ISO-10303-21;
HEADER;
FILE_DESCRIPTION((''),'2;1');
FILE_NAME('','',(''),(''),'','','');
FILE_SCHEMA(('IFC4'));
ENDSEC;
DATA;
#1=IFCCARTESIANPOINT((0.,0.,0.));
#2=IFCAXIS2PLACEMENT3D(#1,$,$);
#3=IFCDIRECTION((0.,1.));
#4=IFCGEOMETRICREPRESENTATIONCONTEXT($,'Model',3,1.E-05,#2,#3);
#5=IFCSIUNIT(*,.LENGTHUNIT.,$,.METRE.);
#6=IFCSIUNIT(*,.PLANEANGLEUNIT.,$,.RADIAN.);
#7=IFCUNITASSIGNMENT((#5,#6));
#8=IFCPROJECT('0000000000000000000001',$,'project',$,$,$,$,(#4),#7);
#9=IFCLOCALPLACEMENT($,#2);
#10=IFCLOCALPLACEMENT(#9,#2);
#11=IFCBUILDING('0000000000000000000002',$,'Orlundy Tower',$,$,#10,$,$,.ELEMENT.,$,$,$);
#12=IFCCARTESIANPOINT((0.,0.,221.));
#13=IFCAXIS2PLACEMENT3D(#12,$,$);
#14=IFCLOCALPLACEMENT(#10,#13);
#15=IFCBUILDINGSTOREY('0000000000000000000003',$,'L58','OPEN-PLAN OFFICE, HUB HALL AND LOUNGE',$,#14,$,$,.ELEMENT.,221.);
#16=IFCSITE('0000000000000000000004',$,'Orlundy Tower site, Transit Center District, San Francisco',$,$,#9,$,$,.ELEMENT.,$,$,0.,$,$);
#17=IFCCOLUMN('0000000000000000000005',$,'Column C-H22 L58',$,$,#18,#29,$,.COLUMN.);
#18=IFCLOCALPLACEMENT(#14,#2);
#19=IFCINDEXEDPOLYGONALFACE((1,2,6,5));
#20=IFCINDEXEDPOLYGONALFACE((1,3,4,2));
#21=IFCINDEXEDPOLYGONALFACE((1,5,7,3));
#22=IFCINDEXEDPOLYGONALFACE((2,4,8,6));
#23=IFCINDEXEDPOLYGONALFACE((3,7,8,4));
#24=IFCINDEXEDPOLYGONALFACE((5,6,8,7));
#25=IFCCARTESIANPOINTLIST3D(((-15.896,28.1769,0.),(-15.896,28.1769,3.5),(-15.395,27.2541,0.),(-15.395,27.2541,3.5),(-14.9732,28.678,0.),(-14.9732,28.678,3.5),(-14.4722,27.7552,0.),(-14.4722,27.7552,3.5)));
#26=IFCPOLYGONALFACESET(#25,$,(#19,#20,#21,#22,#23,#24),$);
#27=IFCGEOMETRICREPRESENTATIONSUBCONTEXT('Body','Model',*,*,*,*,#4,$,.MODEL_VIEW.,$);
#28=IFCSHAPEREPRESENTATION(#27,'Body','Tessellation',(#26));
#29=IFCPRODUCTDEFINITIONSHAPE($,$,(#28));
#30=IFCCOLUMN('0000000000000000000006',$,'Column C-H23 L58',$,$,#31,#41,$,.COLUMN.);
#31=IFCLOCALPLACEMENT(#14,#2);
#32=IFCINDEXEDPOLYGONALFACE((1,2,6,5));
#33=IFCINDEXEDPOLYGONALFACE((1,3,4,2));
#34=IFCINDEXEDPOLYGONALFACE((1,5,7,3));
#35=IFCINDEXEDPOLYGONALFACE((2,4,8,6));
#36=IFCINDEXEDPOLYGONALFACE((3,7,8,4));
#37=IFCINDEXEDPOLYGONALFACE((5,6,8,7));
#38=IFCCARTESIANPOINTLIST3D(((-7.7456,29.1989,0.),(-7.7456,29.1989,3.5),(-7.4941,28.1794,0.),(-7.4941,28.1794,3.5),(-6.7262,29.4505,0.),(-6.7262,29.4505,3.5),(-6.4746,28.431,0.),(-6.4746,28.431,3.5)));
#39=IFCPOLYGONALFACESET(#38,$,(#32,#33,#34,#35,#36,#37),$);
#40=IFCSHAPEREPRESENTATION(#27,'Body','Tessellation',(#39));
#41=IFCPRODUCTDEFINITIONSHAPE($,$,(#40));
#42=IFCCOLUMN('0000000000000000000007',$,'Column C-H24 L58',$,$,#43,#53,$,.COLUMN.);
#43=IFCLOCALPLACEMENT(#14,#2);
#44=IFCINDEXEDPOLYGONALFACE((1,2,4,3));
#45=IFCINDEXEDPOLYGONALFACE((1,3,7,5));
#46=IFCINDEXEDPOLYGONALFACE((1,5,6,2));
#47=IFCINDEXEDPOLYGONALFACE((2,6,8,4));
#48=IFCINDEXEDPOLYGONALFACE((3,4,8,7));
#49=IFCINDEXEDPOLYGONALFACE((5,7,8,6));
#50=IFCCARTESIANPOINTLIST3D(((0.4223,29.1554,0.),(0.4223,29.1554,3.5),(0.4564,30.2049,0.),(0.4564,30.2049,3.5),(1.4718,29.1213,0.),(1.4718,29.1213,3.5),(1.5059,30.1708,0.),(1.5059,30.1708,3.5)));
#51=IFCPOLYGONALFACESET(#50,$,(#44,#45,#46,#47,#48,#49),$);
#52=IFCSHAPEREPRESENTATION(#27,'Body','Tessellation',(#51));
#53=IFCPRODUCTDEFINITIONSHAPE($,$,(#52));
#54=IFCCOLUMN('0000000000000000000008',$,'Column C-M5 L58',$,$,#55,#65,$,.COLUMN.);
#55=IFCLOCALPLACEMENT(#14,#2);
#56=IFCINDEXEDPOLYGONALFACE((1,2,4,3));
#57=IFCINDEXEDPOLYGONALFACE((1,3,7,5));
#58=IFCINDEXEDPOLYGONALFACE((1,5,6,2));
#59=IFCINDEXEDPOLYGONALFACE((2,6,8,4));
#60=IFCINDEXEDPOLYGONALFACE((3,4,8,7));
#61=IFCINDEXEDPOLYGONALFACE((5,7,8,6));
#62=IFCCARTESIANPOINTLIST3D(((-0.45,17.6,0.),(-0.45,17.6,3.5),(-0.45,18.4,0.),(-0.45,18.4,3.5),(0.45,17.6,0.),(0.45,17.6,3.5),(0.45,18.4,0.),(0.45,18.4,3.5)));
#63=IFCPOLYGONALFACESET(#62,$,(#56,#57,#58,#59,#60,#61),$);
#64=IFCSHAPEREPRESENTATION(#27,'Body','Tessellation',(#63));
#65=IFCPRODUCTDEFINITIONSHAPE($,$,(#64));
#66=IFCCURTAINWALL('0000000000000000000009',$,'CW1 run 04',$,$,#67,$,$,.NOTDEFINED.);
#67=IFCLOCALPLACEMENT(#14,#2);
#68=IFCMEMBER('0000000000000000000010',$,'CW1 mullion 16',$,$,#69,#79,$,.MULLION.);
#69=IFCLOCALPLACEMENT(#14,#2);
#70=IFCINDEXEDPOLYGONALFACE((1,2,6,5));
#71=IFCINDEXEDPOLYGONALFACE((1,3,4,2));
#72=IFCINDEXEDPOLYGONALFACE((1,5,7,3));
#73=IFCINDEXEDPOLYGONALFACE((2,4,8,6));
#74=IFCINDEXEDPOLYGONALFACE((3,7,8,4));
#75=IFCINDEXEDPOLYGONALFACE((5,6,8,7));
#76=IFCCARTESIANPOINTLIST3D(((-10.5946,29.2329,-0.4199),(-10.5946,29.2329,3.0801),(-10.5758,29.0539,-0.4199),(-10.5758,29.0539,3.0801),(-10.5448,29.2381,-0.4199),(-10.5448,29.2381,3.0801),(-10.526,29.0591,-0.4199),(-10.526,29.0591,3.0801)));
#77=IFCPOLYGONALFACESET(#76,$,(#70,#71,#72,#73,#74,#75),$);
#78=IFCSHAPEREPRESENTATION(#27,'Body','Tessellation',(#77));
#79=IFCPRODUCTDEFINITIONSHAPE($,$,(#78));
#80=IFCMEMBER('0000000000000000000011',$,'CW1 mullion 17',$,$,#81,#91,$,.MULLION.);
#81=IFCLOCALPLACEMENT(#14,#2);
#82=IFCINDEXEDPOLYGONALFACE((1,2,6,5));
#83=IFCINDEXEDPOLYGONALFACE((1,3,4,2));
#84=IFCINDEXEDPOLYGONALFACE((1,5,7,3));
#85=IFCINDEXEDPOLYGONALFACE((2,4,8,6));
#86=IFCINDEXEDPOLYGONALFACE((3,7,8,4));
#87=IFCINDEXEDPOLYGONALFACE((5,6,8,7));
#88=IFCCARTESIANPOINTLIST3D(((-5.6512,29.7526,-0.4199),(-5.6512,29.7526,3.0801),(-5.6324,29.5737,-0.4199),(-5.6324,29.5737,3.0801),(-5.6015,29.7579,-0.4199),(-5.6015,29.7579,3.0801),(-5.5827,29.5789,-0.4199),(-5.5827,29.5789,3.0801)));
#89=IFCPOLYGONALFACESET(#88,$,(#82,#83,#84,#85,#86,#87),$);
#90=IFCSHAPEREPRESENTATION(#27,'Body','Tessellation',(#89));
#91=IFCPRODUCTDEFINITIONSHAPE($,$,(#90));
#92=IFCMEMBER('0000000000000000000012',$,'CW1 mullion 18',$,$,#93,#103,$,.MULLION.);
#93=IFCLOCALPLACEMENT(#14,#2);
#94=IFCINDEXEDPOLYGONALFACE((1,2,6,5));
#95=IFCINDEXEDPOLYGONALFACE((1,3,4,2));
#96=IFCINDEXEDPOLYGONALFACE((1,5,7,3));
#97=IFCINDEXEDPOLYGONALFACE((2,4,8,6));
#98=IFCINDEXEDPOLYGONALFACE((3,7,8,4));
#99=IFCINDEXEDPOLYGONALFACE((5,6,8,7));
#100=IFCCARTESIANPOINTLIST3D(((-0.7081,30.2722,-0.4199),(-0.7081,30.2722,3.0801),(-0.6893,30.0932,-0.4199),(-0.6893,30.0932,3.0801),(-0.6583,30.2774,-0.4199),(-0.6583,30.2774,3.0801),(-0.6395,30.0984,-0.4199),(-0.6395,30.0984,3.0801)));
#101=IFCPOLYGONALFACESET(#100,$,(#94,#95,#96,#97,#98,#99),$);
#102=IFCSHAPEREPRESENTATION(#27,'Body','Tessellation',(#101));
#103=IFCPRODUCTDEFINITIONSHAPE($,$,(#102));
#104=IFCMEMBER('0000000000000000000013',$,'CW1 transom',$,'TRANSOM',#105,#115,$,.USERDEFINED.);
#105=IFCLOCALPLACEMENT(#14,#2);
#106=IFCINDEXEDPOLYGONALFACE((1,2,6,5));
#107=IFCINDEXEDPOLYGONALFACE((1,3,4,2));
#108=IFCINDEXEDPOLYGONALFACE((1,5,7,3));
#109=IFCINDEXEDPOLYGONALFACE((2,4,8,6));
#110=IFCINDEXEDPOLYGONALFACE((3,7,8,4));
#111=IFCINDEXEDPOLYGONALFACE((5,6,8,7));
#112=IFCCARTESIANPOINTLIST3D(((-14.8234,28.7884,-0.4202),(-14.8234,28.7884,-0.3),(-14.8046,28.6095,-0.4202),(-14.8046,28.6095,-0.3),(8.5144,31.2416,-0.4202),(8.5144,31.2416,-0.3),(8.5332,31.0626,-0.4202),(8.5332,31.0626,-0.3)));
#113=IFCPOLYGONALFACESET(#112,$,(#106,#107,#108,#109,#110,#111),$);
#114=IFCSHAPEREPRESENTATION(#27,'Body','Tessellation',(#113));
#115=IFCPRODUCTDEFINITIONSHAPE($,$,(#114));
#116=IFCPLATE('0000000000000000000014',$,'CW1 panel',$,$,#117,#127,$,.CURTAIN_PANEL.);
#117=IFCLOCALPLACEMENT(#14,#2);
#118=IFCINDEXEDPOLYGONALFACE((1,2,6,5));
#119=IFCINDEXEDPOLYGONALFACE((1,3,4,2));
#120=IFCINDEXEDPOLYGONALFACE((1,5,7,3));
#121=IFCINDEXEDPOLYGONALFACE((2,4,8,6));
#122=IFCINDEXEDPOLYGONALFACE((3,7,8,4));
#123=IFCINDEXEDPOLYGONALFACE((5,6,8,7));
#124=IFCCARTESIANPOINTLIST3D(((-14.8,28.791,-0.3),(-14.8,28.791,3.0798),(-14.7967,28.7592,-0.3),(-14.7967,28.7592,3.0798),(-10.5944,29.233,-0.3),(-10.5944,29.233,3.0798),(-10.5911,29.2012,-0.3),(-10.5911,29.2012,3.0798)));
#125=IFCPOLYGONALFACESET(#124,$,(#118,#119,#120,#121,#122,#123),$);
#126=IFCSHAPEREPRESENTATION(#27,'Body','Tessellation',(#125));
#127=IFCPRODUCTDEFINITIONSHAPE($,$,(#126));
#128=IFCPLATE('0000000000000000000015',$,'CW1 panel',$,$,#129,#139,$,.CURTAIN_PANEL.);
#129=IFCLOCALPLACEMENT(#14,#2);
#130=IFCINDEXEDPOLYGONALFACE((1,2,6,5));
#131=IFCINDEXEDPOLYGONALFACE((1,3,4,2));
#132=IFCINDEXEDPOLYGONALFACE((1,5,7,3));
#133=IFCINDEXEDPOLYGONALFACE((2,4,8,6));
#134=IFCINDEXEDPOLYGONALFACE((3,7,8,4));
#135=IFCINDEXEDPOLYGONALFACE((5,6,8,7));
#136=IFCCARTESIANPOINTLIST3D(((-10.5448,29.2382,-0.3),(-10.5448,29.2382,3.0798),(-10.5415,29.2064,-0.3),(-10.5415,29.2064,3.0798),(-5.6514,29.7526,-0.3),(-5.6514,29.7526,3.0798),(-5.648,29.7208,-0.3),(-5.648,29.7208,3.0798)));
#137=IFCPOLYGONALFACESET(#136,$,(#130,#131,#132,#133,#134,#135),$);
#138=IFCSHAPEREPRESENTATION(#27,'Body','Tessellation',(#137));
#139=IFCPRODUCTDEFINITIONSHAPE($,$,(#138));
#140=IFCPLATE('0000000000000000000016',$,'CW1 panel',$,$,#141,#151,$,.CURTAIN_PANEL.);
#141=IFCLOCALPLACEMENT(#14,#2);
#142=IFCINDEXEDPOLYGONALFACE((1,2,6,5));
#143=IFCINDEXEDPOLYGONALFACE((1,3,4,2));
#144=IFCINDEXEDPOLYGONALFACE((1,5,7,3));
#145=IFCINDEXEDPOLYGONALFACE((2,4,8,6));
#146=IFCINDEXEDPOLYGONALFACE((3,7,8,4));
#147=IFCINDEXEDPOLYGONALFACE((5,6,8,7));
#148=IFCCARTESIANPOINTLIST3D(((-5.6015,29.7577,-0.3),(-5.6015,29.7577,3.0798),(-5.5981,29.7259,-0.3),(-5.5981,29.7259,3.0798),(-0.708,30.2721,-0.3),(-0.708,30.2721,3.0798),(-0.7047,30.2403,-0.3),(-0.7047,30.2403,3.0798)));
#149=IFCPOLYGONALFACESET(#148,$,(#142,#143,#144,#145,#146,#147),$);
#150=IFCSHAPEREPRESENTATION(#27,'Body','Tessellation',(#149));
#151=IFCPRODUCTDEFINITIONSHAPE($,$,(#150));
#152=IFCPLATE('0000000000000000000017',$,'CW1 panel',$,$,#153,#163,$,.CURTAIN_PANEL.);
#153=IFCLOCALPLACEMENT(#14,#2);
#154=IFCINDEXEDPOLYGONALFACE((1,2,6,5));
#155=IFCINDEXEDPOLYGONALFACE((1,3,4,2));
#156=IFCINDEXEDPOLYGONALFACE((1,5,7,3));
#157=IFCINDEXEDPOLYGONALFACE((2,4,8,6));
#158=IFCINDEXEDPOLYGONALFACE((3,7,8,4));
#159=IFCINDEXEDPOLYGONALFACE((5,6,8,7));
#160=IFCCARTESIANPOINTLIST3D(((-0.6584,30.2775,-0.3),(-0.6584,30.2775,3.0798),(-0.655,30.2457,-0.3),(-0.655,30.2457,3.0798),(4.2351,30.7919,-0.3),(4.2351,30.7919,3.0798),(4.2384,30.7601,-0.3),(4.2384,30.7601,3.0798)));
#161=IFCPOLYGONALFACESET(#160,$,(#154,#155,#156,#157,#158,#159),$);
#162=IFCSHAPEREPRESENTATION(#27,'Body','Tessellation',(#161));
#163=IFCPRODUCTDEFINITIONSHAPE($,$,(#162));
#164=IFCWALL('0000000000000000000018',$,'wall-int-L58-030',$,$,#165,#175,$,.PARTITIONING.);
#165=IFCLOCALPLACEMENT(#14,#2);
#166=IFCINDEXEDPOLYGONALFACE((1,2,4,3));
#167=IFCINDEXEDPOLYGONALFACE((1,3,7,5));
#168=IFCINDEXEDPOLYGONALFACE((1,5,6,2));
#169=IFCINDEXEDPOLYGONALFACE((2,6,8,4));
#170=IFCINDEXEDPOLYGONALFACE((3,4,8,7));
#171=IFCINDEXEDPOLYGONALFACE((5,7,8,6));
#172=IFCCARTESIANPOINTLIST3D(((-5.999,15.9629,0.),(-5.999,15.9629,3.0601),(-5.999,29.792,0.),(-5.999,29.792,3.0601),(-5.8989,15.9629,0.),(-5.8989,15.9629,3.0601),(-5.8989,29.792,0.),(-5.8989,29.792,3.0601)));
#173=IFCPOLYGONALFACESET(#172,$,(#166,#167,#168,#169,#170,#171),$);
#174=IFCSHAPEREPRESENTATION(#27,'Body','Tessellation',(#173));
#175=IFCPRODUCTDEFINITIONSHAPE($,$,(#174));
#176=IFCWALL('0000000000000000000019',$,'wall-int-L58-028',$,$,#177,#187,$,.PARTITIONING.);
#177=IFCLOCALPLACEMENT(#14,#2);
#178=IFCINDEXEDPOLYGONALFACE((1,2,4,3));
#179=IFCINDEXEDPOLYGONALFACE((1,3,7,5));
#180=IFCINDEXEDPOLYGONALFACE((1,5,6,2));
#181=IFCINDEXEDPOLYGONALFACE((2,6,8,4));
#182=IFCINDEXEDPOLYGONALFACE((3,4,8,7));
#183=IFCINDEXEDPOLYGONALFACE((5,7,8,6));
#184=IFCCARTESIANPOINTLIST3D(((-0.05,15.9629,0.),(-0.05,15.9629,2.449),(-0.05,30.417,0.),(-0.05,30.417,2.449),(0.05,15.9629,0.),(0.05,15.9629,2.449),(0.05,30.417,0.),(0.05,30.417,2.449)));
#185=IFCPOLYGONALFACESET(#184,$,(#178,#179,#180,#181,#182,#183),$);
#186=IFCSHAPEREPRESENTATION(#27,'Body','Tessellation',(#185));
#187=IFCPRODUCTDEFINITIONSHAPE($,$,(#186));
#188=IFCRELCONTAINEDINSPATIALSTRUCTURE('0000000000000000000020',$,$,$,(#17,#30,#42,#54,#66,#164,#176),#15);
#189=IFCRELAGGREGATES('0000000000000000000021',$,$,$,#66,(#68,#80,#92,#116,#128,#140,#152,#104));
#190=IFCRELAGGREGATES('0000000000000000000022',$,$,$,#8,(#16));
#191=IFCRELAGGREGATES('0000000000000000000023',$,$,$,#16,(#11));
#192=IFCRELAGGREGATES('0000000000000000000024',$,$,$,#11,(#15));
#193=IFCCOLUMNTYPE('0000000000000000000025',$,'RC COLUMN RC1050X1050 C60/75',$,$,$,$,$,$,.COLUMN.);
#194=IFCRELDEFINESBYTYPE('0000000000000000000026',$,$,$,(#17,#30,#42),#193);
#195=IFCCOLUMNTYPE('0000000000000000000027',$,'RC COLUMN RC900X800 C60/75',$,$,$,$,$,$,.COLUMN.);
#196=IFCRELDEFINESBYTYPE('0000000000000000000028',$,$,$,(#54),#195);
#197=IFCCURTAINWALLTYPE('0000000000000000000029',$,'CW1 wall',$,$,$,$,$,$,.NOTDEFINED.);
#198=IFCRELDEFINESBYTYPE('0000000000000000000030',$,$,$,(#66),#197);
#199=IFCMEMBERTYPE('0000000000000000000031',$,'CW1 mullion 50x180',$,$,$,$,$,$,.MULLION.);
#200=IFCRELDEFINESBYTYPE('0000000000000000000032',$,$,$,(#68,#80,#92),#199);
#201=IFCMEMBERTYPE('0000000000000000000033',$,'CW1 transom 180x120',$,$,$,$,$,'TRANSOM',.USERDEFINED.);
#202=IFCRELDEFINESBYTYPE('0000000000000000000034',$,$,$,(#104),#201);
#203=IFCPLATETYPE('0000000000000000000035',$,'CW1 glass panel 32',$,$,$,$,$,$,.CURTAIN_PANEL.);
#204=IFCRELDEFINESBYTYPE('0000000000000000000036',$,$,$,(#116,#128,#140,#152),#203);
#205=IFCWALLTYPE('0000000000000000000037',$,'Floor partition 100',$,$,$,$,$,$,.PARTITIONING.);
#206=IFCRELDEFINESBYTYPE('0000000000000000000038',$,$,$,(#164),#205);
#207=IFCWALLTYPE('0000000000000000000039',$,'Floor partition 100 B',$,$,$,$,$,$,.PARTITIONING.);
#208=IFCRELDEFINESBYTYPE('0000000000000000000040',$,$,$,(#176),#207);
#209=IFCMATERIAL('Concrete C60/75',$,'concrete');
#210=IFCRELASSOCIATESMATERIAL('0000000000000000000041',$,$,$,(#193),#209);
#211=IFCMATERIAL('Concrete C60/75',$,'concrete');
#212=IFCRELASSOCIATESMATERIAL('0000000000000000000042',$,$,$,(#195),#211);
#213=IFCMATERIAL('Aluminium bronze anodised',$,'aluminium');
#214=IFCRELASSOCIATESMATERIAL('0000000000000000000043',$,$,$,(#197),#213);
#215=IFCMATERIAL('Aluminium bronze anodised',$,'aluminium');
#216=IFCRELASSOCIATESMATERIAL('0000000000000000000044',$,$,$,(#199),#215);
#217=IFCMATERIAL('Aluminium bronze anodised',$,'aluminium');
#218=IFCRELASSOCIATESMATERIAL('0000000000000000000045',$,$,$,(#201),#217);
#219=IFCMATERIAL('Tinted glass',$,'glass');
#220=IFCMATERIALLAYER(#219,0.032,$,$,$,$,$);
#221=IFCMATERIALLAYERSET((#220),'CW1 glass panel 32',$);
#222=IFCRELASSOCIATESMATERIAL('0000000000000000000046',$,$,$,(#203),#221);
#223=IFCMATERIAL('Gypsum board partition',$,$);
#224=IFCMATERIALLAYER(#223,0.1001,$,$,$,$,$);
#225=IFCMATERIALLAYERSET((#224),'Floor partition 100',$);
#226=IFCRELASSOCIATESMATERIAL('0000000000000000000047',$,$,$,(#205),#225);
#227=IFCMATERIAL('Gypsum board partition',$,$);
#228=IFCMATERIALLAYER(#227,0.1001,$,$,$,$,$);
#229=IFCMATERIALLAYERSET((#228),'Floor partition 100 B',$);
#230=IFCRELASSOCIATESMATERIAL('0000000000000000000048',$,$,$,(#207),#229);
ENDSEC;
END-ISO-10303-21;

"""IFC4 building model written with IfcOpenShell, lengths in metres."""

from ifc_helpers import new_model, si_unit, direction, frame, frame_2d, origin, origin_2d, place, context, subcontext, project, spatial, rectangle, extrude, material, layer, layer_set, material_profile, profile_set, type_object, element, aggregate, save


model = new_model("IFC4")

# Units and contexts
model_context = context("Model", 3, precision=1e-05, world=origin(), true_north=direction((0.0, 1.0)))
body_context = subcontext(model_context, "Body", "Model", "MODEL_VIEW")
ifc_project = project(units=[si_unit("LENGTHUNIT", "METRE"), si_unit("PLANEANGLEUNIT", "RADIAN")], contexts=[model_context])

# Site, building, storey
site_placement = place(None, origin())
site = spatial("IfcSite", under=ifc_project, at=site_placement, Name="Orlundy Tower site, Transit Center District, San Francisco", CompositionType="ELEMENT", RefElevation=0.0)
building_placement = place(site_placement, origin())
building = spatial("IfcBuilding", under=site, at=building_placement, Name="Orlundy Tower", CompositionType="ELEMENT")
storey_placement = place(building_placement, frame((0.0, 0.0, 221.0)))
storey = spatial("IfcBuildingStorey", under=building, at=storey_placement, Name="L58", Description="OPEN-PLAN OFFICE, HUB HALL AND LOUNGE", CompositionType="ELEMENT", Elevation=221.0)

# Columns
ifc_material_1 = material(Name="Concrete C60/75", Category="concrete")
ifc_material_profile_1 = material_profile(ifc_material_1, rectangle(XDim=1.05, YDim=1.05, at=origin_2d()), Name="RC1050X1050")
ifc_profile_set_1 = profile_set([ifc_material_profile_1], Name="Concrete C60/75")
column_type_1 = type_object("IfcColumnType", Name="RC COLUMN RC1050X1050 C60/75", PredefinedType="COLUMN", material=ifc_profile_set_1)
for number, where, z_axis, x_axis, name in (
    (1, (-15.1841, 27.9661, 0.0), (0.0, 0.0, 1.0), (-0.477159, 0.878817, 0.0), "Column C-H22 L58"),
    (2, (-7.1101, 28.8149, 0.0), (0.0, 0.0, 1.0), (-0.239567, 0.97088, 0.0), "Column C-H23 L58"),
    (3, (0.9641, 29.6631, 0.0), (0.0, 0.0, 1.0), (0.032475, 0.999473, 0.0), "Column C-H24 L58"),
):
    element("IfcColumn", number, at=place(storey_placement, frame(where, z_axis=z_axis, x_axis=x_axis)), inside=storey, type_object=column_type_1, Name=name, PredefinedType="COLUMN", context=body_context, shape_type="SweptSolid", body=[
        extrude(rectangle(XDim=1.05, YDim=1.05, at=origin_2d()), origin(), (0.0, 0.0, 1.0), 3.5),
    ])
ifc_material_2 = material(Name="Concrete C60/75", Category="concrete")
ifc_material_profile_2 = material_profile(ifc_material_2, rectangle(XDim=0.8999, YDim=0.8, at=origin_2d()), Name="RC900X800")
ifc_profile_set_2 = profile_set([ifc_material_profile_2], Name="Concrete C60/75")
column_type_2 = type_object("IfcColumnType", Name="RC COLUMN RC900X800 C60/75", PredefinedType="COLUMN", material=ifc_profile_set_2)
column_placement = place(storey_placement, frame((0.0, 18.0, 0.0), z_axis=(0.0, 0.0, 1.0), x_axis=(1.0, 0.0, 0.0)))
element("IfcColumn", 4, at=column_placement, inside=storey, type_object=column_type_2, Name="Column C-M5 L58", PredefinedType="COLUMN", context=body_context, shape_type="SweptSolid", body=[
    extrude(rectangle(XDim=0.8999, YDim=0.8, at=origin_2d()), origin(), (0.0, 0.0, 1.0), 3.5),
])

# Curtain wall, members, plates
ifc_material_3 = material(Name="Aluminium bronze anodised", Category="aluminium")
curtain_wall_type = type_object("IfcCurtainWallType", Name="CW1 wall", PredefinedType="NOTDEFINED", material=ifc_material_3)
curtain_wall_placement = place(storey_placement, origin())
curtain_wall = element("IfcCurtainWall", 5, at=curtain_wall_placement, inside=storey, type_object=curtain_wall_type, Name="CW1 run 04", PredefinedType="NOTDEFINED")
ifc_material_4 = material(Name="Aluminium bronze anodised", Category="aluminium")
ifc_material_profile_3 = material_profile(ifc_material_4, rectangle(XDim=0.1799, YDim=0.05, at=origin_2d()), Name="CW1 mullion 50x180")
ifc_profile_set_3 = profile_set([ifc_material_profile_3], Name="Aluminium bronze anodised")
member_type_1 = type_object("IfcMemberType", Name="CW1 mullion 50x180", PredefinedType="MULLION", material=ifc_profile_set_3)
member_1_placement = place(storey_placement, frame((-10.5603, 29.146, -0.4199), z_axis=(0.0, 0.0, 1.0), x_axis=(-0.104538, 0.994521, 0.0)))
member_1 = element("IfcMember", 6, at=member_1_placement, type_object=member_type_1, Name="CW1 mullion 16", PredefinedType="MULLION", context=body_context, shape_type="SweptSolid", body=[
    extrude(rectangle(XDim=0.1799, YDim=0.05, at=origin_2d()), origin(), (0.0, 0.0, 1.0), 3.5),
])
member_2_placement = place(storey_placement, frame((-5.6169, 29.6658, -0.4199), z_axis=(0.0, 0.0, 1.0), x_axis=(-0.104538, 0.994521, 0.0)))
member_2 = element("IfcMember", 7, at=member_2_placement, type_object=member_type_1, Name="CW1 mullion 17", PredefinedType="MULLION", context=body_context, shape_type="SweptSolid", body=[
    extrude(rectangle(XDim=0.1799, YDim=0.05, at=origin_2d()), origin(), (0.0, 0.0, 1.0), 3.5),
])
member_3_placement = place(storey_placement, frame((-0.6738, 30.1853, -0.4199), z_axis=(0.0, 0.0, 1.0), x_axis=(-0.104538, 0.994521, 0.0)))
member_3 = element("IfcMember", 8, at=member_3_placement, type_object=member_type_1, Name="CW1 mullion 18", PredefinedType="MULLION", context=body_context, shape_type="SweptSolid", body=[
    extrude(rectangle(XDim=0.1799, YDim=0.05, at=origin_2d()), origin(), (0.0, 0.0, 1.0), 3.5),
])
ifc_material_5 = material(Name="Aluminium bronze anodised", Category="aluminium")
ifc_material_profile_4 = material_profile(ifc_material_5, rectangle(XDim=0.1799, YDim=0.1201, at=origin_2d()), Name="CW1 transom 180x120")
ifc_profile_set_4 = profile_set([ifc_material_profile_4], Name="Aluminium bronze anodised")
member_type_2 = type_object("IfcMemberType", Name="CW1 transom 180x120", ElementType="TRANSOM", PredefinedType="USERDEFINED", material=ifc_profile_set_4)
member_4_placement = place(storey_placement, frame((-14.814, 28.699, -0.3601), z_axis=(0.994521, 0.104539, 0.0), x_axis=(-0.104539, 0.994521, 0.0)))
member_4 = element("IfcMember", 9, at=member_4_placement, type_object=member_type_2, Name="CW1 transom", ObjectType="TRANSOM", PredefinedType="USERDEFINED", context=body_context, shape_type="SweptSolid", body=[
    extrude(rectangle(XDim=0.1799, YDim=0.1201, at=origin_2d()), origin(), (0.0, 0.0, 1.0), 23.4663),
])
ifc_material_6 = material(Name="Tinted glass", Category="glass")
ifc_layer_1 = layer(ifc_material_6, 0.032)
ifc_layer_set_1 = layer_set([ifc_layer_1], Name="CW1 glass panel 32")
plate_type = type_object("IfcPlateType", Name="CW1 glass panel 32", PredefinedType="CURTAIN_PANEL", material=ifc_layer_set_1)
plate_1_placement = place(storey_placement, frame((-12.6956, 28.9961, -0.3), z_axis=(0.0, 0.0, 1.0), x_axis=(0.994521, 0.104538, 0.0)))
plate_1 = element("IfcPlate", 10, at=plate_1_placement, type_object=plate_type, Name="CW1 panel", PredefinedType="CURTAIN_PANEL", context=body_context, shape_type="SweptSolid", body=[
    extrude(rectangle(XDim=4.2288, YDim=0.032, at=origin_2d()), origin(), (0.0, 0.0, 1.0), 3.3799),
])
plate_2_placement = place(storey_placement, frame((-8.0964, 29.4795, -0.3), z_axis=(0.0, 0.0, 1.0), x_axis=(0.994521, 0.104538, 0.0)))
plate_2 = element("IfcPlate", 11, at=plate_2_placement, type_object=plate_type, Name="CW1 panel", PredefinedType="CURTAIN_PANEL", context=body_context, shape_type="SweptSolid", body=[
    extrude(rectangle(XDim=4.9204, YDim=0.032, at=origin_2d()), origin(), (0.0, 0.0, 1.0), 3.3799),
])
plate_3_placement = place(storey_placement, frame((-3.1531, 29.999, -0.3), z_axis=(0.0, 0.0, 1.0), x_axis=(0.994521, 0.104538, 0.0)))
plate_3 = element("IfcPlate", 12, at=plate_3_placement, type_object=plate_type, Name="CW1 panel", PredefinedType="CURTAIN_PANEL", context=body_context, shape_type="SweptSolid", body=[
    extrude(rectangle(XDim=4.9204, YDim=0.032, at=origin_2d()), origin(), (0.0, 0.0, 1.0), 3.3799),
])
plate_4_placement = place(storey_placement, frame((1.79, 30.5188, -0.3), z_axis=(0.0, 0.0, 1.0), x_axis=(0.994521, 0.104538, 0.0)))
plate_4 = element("IfcPlate", 13, at=plate_4_placement, type_object=plate_type, Name="CW1 panel", PredefinedType="CURTAIN_PANEL", context=body_context, shape_type="SweptSolid", body=[
    extrude(rectangle(XDim=4.9204, YDim=0.032, at=origin_2d()), origin(), (0.0, 0.0, 1.0), 3.3799),
])
aggregate(curtain_wall, [member_1, member_2, member_3, plate_1, plate_2, plate_3, plate_4, member_4])

# Walls
ifc_material_7 = material(Name="Gypsum board partition")
ifc_layer_2 = layer(ifc_material_7, 0.1001)
ifc_layer_set_2 = layer_set([ifc_layer_2], Name="Floor partition 100")
wall_type_1 = type_object("IfcWallType", Name="Floor partition 100", PredefinedType="PARTITIONING", material=ifc_layer_set_2)
wall_1_placement = place(storey_placement, frame((-5.949, 15.9629, 0.0), z_axis=(0.0, 0.0, 1.0), x_axis=(0.0, 1.0, 0.0)))
element("IfcWall", 14, at=wall_1_placement, inside=storey, type_object=wall_type_1, Name="wall-int-L58-030", PredefinedType="PARTITIONING", context=body_context, shape_type="SweptSolid", body=[
    extrude(rectangle(XDim=13.8291, YDim=0.1001, at=frame_2d((6.9146, 0.0))), origin(), (0.0, 0.0, 1.0), 3.0601),
])
ifc_material_8 = material(Name="Gypsum board partition")
ifc_layer_3 = layer(ifc_material_8, 0.1001)
ifc_layer_set_3 = layer_set([ifc_layer_3], Name="Floor partition 100 B")
wall_type_2 = type_object("IfcWallType", Name="Floor partition 100 B", PredefinedType="PARTITIONING", material=ifc_layer_set_3)
wall_2_placement = place(storey_placement, frame((0.0, 15.9629, 0.0), z_axis=(0.0, 0.0, 1.0), x_axis=(0.0, 1.0, 0.0)))
element("IfcWall", 15, at=wall_2_placement, inside=storey, type_object=wall_type_2, Name="wall-int-L58-028", PredefinedType="PARTITIONING", context=body_context, shape_type="SweptSolid", body=[
    extrude(rectangle(XDim=14.4541, YDim=0.1001, at=frame_2d((7.2271, 0.0))), origin(), (0.0, 0.0, 1.0), 2.449),
])

save(model, "model.ifc")
